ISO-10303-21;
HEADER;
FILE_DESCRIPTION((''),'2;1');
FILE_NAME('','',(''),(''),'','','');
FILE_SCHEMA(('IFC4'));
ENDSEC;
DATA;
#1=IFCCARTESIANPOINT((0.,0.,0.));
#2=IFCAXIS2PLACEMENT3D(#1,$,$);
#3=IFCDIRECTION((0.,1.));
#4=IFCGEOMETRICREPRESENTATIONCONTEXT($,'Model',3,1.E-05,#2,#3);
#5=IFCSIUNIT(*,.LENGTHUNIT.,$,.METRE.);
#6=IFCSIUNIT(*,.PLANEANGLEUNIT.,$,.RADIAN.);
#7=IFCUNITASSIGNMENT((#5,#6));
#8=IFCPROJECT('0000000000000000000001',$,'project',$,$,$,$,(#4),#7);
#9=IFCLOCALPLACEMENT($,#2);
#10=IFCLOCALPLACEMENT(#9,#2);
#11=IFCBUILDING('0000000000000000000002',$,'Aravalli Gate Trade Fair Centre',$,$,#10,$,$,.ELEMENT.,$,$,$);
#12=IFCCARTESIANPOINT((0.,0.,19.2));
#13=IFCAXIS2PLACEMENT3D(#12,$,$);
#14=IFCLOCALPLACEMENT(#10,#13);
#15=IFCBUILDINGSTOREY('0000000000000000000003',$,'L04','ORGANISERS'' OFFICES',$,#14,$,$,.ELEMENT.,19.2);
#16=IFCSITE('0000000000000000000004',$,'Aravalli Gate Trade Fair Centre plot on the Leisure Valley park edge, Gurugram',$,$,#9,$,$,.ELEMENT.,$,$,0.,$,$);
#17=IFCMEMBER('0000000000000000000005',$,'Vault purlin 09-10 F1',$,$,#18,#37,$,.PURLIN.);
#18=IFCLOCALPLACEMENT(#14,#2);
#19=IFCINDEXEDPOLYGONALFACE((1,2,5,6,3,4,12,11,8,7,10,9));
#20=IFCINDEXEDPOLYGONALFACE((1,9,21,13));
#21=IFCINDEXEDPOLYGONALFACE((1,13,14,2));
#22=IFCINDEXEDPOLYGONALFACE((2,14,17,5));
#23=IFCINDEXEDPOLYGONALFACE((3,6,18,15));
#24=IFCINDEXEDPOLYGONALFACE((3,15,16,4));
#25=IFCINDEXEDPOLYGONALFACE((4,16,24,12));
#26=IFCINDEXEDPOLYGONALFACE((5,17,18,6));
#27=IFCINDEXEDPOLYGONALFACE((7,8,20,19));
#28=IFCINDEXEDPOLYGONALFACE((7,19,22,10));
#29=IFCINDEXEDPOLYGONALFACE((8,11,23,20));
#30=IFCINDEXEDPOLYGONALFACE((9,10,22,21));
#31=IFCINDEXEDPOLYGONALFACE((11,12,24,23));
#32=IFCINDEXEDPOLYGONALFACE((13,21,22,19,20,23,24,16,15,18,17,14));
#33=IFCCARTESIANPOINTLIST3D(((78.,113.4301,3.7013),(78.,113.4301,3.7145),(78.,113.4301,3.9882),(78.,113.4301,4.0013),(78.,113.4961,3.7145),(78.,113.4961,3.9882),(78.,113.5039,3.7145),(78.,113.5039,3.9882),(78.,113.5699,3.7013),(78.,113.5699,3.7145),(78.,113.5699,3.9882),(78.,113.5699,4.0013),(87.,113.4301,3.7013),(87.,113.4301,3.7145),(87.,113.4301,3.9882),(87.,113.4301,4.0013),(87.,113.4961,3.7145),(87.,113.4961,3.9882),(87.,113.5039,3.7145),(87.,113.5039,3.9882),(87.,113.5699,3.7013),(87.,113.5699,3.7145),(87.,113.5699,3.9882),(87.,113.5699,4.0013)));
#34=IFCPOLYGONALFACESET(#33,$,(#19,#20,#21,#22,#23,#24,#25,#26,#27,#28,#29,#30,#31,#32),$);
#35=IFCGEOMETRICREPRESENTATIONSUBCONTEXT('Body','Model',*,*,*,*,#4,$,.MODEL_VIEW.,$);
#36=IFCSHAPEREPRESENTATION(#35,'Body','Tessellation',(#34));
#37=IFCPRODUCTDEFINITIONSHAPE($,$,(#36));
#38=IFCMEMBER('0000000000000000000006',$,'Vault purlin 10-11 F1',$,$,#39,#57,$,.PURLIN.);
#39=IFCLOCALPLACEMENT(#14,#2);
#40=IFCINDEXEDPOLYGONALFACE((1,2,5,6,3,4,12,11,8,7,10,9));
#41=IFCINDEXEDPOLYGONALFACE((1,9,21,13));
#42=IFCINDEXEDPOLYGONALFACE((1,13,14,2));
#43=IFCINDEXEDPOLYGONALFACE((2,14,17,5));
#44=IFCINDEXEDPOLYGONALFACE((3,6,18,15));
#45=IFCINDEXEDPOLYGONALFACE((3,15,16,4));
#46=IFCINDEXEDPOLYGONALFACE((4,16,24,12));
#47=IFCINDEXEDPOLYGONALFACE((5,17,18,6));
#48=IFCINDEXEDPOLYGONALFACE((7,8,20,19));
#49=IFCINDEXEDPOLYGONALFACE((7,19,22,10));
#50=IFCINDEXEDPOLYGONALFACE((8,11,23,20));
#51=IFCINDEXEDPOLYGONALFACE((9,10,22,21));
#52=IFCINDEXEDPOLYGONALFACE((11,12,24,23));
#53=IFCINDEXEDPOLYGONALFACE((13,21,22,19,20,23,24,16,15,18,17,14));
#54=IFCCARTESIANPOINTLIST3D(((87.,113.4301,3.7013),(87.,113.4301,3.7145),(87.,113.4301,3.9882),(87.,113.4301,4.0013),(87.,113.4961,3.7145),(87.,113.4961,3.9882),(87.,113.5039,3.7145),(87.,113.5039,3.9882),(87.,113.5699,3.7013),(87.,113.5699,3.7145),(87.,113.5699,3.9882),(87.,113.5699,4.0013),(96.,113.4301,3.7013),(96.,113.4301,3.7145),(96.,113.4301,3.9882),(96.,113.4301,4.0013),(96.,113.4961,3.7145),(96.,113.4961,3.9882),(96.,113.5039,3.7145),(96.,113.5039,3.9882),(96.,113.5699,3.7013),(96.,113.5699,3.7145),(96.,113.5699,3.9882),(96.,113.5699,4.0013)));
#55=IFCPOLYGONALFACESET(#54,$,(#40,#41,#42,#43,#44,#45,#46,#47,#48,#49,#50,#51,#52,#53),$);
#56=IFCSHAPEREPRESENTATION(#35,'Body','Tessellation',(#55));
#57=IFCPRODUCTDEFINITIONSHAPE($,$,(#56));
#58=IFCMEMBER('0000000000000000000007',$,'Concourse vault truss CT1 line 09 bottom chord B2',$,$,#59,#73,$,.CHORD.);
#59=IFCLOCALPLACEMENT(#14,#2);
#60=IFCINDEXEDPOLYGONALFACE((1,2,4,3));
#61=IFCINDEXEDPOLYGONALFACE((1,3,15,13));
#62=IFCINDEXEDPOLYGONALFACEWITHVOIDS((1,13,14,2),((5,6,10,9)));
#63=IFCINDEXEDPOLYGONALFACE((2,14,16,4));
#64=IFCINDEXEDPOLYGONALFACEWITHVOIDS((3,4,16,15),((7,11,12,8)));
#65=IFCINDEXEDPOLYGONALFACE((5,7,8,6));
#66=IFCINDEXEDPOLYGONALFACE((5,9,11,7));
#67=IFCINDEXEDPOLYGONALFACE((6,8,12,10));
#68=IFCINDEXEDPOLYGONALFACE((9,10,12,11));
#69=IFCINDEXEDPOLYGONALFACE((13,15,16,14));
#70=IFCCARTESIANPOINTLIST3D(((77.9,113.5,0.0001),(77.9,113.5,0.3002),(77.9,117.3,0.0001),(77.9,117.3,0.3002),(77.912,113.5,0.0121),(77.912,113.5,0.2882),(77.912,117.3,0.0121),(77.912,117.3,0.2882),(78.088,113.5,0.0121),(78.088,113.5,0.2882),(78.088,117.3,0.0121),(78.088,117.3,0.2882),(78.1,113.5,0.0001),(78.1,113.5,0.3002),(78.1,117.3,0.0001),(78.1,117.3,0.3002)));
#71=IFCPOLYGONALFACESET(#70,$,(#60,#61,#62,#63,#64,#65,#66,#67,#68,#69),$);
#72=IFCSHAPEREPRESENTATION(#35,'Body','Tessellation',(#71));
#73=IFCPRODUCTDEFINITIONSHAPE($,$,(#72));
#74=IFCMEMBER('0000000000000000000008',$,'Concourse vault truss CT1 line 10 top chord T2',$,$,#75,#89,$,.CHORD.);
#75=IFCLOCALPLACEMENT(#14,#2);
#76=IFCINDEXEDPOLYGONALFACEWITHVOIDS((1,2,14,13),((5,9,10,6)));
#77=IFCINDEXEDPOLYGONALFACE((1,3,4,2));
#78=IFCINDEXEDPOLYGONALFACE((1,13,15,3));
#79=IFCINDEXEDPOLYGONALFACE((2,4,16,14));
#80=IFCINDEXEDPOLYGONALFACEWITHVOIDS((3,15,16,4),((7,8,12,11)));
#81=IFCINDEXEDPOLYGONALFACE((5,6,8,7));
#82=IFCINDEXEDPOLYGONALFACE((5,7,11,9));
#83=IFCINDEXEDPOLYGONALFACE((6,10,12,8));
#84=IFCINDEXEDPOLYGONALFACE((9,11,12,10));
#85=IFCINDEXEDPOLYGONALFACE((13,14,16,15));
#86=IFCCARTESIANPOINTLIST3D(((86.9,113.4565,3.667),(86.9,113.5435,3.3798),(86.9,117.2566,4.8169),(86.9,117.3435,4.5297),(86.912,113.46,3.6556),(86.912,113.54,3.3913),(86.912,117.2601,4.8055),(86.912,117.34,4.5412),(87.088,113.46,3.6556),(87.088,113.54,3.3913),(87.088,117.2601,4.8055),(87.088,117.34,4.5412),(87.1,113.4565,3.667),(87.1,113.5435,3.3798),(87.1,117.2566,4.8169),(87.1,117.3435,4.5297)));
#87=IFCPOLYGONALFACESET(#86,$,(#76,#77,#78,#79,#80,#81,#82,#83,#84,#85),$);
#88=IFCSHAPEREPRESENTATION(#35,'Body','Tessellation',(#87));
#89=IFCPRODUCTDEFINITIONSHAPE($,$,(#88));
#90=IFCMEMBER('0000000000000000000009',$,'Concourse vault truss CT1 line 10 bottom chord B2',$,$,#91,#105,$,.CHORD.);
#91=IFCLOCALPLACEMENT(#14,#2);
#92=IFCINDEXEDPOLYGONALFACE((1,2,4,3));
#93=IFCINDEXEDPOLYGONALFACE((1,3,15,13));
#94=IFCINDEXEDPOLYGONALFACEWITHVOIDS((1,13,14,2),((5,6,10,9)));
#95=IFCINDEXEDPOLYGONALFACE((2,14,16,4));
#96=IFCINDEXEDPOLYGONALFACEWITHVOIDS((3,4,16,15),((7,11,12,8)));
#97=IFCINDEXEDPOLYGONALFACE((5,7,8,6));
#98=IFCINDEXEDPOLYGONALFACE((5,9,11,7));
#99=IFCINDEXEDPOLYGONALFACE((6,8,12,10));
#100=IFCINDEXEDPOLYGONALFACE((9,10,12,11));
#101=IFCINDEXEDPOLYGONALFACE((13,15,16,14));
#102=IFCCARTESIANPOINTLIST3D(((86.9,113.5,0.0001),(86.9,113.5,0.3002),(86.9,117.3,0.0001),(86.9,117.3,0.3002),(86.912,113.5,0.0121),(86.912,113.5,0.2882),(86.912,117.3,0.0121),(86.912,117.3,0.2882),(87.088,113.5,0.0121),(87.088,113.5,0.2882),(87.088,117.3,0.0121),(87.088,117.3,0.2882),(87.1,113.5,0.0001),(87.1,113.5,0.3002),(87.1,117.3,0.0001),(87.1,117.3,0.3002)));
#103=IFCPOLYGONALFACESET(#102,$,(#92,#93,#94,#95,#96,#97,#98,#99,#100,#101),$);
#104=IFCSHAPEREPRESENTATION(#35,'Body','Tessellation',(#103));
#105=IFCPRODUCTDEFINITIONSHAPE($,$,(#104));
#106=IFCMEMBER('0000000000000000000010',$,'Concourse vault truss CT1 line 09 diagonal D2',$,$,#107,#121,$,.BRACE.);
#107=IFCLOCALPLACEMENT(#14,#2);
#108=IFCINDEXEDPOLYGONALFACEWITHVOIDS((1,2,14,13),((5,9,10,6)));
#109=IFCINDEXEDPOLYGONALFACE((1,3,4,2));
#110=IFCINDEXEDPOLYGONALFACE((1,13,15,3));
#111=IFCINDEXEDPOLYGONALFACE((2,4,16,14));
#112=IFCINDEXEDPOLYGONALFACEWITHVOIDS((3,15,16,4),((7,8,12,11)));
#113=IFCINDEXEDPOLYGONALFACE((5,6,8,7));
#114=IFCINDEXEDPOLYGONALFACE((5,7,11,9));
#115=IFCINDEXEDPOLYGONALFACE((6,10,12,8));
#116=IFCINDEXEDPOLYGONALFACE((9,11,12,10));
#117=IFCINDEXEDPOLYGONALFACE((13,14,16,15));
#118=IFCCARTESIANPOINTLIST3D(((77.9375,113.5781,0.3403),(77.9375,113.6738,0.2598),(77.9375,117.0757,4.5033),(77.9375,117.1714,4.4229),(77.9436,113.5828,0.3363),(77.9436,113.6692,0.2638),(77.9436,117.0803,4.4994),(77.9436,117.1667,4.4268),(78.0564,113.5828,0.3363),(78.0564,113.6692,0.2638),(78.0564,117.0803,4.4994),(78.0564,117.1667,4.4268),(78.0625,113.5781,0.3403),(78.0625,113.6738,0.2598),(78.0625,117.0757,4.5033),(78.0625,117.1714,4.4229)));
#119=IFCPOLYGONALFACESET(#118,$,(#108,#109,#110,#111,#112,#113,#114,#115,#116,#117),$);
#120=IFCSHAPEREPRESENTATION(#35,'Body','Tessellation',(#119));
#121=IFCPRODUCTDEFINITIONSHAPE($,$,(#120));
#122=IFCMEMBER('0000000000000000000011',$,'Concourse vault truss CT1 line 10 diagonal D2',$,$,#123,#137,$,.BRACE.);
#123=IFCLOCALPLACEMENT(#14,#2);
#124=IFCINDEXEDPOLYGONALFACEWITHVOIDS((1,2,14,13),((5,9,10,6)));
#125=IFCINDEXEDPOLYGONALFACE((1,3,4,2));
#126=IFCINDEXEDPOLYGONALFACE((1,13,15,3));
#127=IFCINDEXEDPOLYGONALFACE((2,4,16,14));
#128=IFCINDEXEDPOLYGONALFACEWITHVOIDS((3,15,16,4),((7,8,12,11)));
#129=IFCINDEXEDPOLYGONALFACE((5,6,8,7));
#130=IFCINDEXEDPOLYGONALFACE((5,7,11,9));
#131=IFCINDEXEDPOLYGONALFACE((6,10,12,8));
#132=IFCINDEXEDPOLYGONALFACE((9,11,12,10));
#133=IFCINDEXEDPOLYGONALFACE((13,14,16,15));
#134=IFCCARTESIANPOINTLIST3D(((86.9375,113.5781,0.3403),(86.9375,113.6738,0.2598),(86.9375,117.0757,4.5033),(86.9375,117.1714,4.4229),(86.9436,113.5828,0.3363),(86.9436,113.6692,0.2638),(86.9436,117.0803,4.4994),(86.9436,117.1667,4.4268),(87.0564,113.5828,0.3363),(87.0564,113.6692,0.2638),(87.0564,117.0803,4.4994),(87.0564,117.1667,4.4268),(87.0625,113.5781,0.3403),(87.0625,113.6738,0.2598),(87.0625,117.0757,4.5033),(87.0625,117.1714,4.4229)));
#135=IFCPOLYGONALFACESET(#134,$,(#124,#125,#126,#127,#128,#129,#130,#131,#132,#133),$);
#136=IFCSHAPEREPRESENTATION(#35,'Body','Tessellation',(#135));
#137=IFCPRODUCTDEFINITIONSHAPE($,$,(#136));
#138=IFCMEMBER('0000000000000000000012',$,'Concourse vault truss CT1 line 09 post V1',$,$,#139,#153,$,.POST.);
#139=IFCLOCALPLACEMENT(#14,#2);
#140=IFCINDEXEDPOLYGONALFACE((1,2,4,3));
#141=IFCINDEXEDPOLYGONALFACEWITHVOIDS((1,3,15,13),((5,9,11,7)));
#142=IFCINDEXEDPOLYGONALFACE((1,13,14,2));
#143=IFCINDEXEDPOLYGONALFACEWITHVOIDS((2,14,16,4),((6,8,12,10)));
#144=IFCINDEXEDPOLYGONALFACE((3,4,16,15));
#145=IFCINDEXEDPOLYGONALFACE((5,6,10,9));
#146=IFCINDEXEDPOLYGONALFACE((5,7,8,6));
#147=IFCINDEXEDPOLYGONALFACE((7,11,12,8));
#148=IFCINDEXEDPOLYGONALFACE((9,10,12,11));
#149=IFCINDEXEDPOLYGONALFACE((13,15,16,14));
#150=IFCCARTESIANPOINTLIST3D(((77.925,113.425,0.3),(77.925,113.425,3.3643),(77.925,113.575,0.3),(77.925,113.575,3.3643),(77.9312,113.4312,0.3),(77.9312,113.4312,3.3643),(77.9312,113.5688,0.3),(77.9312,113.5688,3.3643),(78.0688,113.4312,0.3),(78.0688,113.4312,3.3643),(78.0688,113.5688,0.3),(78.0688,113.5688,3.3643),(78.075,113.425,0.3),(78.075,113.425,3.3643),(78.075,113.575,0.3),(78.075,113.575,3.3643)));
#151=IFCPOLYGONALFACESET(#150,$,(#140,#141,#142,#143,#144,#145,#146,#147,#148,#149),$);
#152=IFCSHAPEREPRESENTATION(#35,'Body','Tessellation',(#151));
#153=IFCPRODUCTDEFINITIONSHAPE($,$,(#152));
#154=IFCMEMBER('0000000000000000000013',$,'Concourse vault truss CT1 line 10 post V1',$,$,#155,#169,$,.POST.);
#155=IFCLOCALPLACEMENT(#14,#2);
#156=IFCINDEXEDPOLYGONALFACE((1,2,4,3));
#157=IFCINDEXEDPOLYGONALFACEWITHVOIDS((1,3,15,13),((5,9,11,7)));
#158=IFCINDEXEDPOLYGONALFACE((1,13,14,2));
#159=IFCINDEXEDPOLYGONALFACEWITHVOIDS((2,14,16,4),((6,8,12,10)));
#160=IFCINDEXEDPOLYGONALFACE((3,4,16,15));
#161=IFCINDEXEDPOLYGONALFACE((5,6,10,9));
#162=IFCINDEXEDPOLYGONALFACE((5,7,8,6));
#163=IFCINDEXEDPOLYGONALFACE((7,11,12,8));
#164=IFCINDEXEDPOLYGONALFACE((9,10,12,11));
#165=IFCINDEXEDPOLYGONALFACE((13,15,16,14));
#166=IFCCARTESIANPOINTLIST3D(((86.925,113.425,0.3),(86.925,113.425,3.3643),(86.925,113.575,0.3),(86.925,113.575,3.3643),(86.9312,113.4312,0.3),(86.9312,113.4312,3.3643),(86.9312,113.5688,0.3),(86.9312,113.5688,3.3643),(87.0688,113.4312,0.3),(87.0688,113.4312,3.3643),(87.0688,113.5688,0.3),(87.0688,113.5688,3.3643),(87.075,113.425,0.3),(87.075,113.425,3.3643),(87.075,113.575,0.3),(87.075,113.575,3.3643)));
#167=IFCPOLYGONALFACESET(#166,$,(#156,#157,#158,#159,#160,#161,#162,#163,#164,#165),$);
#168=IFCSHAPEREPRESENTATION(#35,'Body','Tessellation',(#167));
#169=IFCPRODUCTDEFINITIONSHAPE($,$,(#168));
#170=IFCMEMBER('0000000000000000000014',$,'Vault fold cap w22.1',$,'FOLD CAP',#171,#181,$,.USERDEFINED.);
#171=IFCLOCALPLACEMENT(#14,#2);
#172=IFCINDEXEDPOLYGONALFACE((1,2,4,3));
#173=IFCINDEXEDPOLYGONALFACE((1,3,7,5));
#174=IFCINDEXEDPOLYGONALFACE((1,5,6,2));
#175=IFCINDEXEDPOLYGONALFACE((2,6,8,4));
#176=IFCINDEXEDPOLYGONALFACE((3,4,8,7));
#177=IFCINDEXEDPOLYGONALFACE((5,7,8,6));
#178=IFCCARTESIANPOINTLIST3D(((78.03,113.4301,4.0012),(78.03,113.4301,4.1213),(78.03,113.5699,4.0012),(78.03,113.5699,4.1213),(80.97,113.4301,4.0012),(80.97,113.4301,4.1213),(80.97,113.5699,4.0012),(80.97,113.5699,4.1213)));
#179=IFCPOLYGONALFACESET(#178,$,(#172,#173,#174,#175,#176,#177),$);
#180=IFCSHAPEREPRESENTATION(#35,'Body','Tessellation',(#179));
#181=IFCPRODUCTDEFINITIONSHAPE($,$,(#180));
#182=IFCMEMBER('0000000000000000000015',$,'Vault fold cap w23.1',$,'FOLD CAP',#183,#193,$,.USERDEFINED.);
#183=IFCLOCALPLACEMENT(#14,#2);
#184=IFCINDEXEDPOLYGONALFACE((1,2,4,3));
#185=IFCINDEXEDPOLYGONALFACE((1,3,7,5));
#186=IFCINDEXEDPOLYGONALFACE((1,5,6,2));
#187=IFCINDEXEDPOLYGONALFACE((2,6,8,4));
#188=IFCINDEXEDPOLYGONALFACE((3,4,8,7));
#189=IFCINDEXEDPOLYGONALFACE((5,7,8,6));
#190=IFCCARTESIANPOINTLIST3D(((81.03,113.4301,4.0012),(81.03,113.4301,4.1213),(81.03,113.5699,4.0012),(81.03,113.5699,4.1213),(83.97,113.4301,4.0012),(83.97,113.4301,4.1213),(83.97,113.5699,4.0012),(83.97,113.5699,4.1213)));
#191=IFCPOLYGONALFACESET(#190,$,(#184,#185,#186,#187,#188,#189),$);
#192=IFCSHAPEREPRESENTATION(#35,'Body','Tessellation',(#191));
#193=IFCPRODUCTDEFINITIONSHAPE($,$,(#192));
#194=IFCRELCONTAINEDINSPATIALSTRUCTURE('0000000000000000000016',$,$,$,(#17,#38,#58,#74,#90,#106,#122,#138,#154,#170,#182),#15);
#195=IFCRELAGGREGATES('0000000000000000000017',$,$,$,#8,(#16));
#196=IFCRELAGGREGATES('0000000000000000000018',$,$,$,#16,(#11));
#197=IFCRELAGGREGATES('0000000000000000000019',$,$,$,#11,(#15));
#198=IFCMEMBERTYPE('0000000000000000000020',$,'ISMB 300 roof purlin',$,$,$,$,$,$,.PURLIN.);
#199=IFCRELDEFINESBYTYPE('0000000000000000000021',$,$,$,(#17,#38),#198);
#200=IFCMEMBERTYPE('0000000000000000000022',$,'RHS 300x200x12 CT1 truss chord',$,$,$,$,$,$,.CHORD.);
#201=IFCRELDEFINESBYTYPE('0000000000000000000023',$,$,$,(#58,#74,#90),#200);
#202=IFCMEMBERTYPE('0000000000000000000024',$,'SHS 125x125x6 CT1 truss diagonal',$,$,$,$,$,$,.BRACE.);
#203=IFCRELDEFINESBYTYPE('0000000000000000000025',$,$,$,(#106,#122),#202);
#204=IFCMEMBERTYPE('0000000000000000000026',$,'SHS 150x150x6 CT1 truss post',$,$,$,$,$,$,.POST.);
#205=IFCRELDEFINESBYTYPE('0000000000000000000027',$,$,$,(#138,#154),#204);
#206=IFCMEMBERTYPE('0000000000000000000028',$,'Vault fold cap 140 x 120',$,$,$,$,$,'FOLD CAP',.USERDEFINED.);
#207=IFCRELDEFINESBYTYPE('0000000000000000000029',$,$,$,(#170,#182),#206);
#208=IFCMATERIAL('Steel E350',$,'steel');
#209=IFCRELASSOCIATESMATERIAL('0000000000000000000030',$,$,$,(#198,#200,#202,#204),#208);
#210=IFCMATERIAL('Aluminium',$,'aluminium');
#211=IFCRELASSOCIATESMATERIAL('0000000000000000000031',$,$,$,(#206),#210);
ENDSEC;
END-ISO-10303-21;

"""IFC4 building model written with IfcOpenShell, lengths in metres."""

from ifc_helpers import new_model, si_unit, direction, frame, origin, origin_2d, place, context, subcontext, project, spatial, rectangle, hollow_rectangle, i_section, extrude, material, material_profile, profile_set, type_object, element, save


model = new_model("IFC4")

# Units and contexts
model_context = context("Model", 3, precision=1e-05, world=origin(), true_north=direction((0.0, 1.0)))
body_context = subcontext(model_context, "Body", "Model", "MODEL_VIEW")
ifc_project = project(units=[si_unit("LENGTHUNIT", "METRE"), si_unit("PLANEANGLEUNIT", "RADIAN")], contexts=[model_context])

# Site, building, storey
site_placement = place(None, origin())
site = spatial("IfcSite", under=ifc_project, at=site_placement, Name="Aravalli Gate Trade Fair Centre plot on the Leisure Valley park edge, Gurugram", CompositionType="ELEMENT", RefElevation=0.0)
building_placement = place(site_placement, origin())
building = spatial("IfcBuilding", under=site, at=building_placement, Name="Aravalli Gate Trade Fair Centre", CompositionType="ELEMENT")
storey_placement = place(building_placement, frame((0.0, 0.0, 19.2)))
storey = spatial("IfcBuildingStorey", under=building, at=storey_placement, Name="L04", Description="ORGANISERS' OFFICES", CompositionType="ELEMENT", Elevation=19.2)

# Members
ifc_material_1 = material(Name="Steel E350", Category="steel")
ifc_material_profile_1 = material_profile(ifc_material_1, i_section(OverallWidth=0.1399, OverallDepth=0.3, WebThickness=0.0078, FlangeThickness=0.0132, at=origin_2d()), Name="ISMB 300")
ifc_profile_set_1 = profile_set([ifc_material_profile_1], Name="Steel E350")
member_type_1 = type_object("IfcMemberType", Name="ISMB 300 roof purlin", PredefinedType="PURLIN", material=ifc_profile_set_1)
for number, where, z_axis, x_axis, name in (
    (1, (78.0, 113.5, 3.8513), (1.0, 0.0, 0.0), (0.0, 1.0, 0.0), "Vault purlin 09-10 F1"),
    (2, (87.0, 113.5, 3.8513), (1.0, 0.0, 0.0), (0.0, 1.0, 0.0), "Vault purlin 10-11 F1"),
):
    element("IfcMember", number, at=place(storey_placement, frame(where, z_axis=z_axis, x_axis=x_axis)), inside=storey, type_object=member_type_1, Name=name, PredefinedType="PURLIN", context=body_context, shape_type="SweptSolid", body=[
        extrude(i_section(OverallWidth=0.1399, OverallDepth=0.3, WebThickness=0.0078, FlangeThickness=0.0132, at=origin_2d()), origin(), (0.0, 0.0, 1.0), 9.0),
    ])
ifc_material_profile_2 = material_profile(ifc_material_1, hollow_rectangle(XDim=0.2, YDim=0.3, WallThickness=0.012, at=origin_2d()), Name="RHS 300x200x12")
ifc_profile_set_2 = profile_set([ifc_material_profile_2], Name="Steel E350")
member_type_2 = type_object("IfcMemberType", Name="RHS 300x200x12 CT1 truss chord", PredefinedType="CHORD", material=ifc_profile_set_2)
member_1_placement = place(storey_placement, frame((78.0, 113.5, 0.1501), z_axis=(0.0, 1.0, 0.0), x_axis=(-1.0, 0.0, 0.0)))
element("IfcMember", 3, at=member_1_placement, inside=storey, type_object=member_type_2, Name="Concourse vault truss CT1 line 09 bottom chord B2", PredefinedType="CHORD", context=body_context, shape_type="SweptSolid", body=[
    extrude(hollow_rectangle(XDim=0.2, YDim=0.3, WallThickness=0.012, at=origin_2d()), origin(), (0.0, 0.0, 1.0), 3.8),
])
member_2_placement = place(storey_placement, frame((87.0, 113.5, 3.5234), z_axis=(0.0, 0.957138, 0.289632), x_axis=(-1.0, 0.0, 0.0)))
element("IfcMember", 4, at=member_2_placement, inside=storey, type_object=member_type_2, Name="Concourse vault truss CT1 line 10 top chord T2", PredefinedType="CHORD", context=body_context, shape_type="SweptSolid", body=[
    extrude(hollow_rectangle(XDim=0.2, YDim=0.3, WallThickness=0.012, at=origin_2d()), origin(), (0.0, 0.0, 1.0), 3.9702),
])
member_3_placement = place(storey_placement, frame((87.0, 113.5, 0.1501), z_axis=(0.0, 1.0, 0.0), x_axis=(-1.0, 0.0, 0.0)))
element("IfcMember", 5, at=member_3_placement, inside=storey, type_object=member_type_2, Name="Concourse vault truss CT1 line 10 bottom chord B2", PredefinedType="CHORD", context=body_context, shape_type="SweptSolid", body=[
    extrude(hollow_rectangle(XDim=0.2, YDim=0.3, WallThickness=0.012, at=origin_2d()), origin(), (0.0, 0.0, 1.0), 3.8),
])
ifc_material_profile_3 = material_profile(ifc_material_1, hollow_rectangle(XDim=0.125, YDim=0.125, WallThickness=0.0061, at=origin_2d()), Name="SHS 125x125x6")
ifc_profile_set_3 = profile_set([ifc_material_profile_3], Name="Steel E350")
member_type_3 = type_object("IfcMemberType", Name="SHS 125x125x6 CT1 truss diagonal", PredefinedType="BRACE", material=ifc_profile_set_3)
for number, where, z_axis, x_axis, name in (
    (6, (78.0, 113.626, 0.3), (0.0, 0.643253, 0.765654), (-1.0, 0.0, 0.0), "Concourse vault truss CT1 line 09 diagonal D2"),
    (7, (87.0, 113.626, 0.3), (0.0, 0.643253, 0.765654), (-1.0, 0.0, 0.0), "Concourse vault truss CT1 line 10 diagonal D2"),
):
    element("IfcMember", number, at=place(storey_placement, frame(where, z_axis=z_axis, x_axis=x_axis)), inside=storey, type_object=member_type_3, Name=name, PredefinedType="BRACE", context=body_context, shape_type="SweptSolid", body=[
        extrude(hollow_rectangle(XDim=0.125, YDim=0.125, WallThickness=0.0061, at=origin_2d()), origin(), (0.0, 0.0, 1.0), 5.4373),
    ])
ifc_material_profile_4 = material_profile(ifc_material_1, hollow_rectangle(XDim=0.1499, YDim=0.1499, WallThickness=0.0061, at=origin_2d()), Name="SHS 150x150x6")
ifc_profile_set_4 = profile_set([ifc_material_profile_4], Name="Steel E350")
member_type_4 = type_object("IfcMemberType", Name="SHS 150x150x6 CT1 truss post", PredefinedType="POST", material=ifc_profile_set_4)
for number, where, z_axis, x_axis, name in (
    (8, (78.0, 113.5, 0.3), (0.0, 0.0, 1.0), (1.0, 0.0, 0.0), "Concourse vault truss CT1 line 09 post V1"),
    (9, (87.0, 113.5, 0.3), (0.0, 0.0, 1.0), (1.0, 0.0, 0.0), "Concourse vault truss CT1 line 10 post V1"),
):
    element("IfcMember", number, at=place(storey_placement, frame(where, z_axis=z_axis, x_axis=x_axis)), inside=storey, type_object=member_type_4, Name=name, PredefinedType="POST", context=body_context, shape_type="SweptSolid", body=[
        extrude(hollow_rectangle(XDim=0.1499, YDim=0.1499, WallThickness=0.0061, at=origin_2d()), origin(), (0.0, 0.0, 1.0), 3.0642),
    ])
ifc_material_2 = material(Name="Aluminium", Category="aluminium")
ifc_material_profile_5 = material_profile(ifc_material_2, rectangle(XDim=0.1399, YDim=0.1201, at=origin_2d()), Name="Vault fold cap 140 x 120")
ifc_profile_set_5 = profile_set([ifc_material_profile_5], Name="Aluminium")
member_type_5 = type_object("IfcMemberType", Name="Vault fold cap 140 x 120", ElementType="FOLD CAP", PredefinedType="USERDEFINED", material=ifc_profile_set_5)
for number, where, z_axis, x_axis, name in (
    (10, (78.03, 113.5, 4.0613), (1.0, 0.0, 0.0), (0.0, 1.0, 0.0), "Vault fold cap w22.1"),
    (11, (81.03, 113.5, 4.0613), (1.0, 0.0, 0.0), (0.0, 1.0, 0.0), "Vault fold cap w23.1"),
):
    element("IfcMember", number, at=place(storey_placement, frame(where, z_axis=z_axis, x_axis=x_axis)), inside=storey, type_object=member_type_5, Name=name, ObjectType="FOLD CAP", PredefinedType="USERDEFINED", context=body_context, shape_type="SweptSolid", body=[
        extrude(rectangle(XDim=0.1399, YDim=0.1201, at=origin_2d()), origin(), (0.0, 0.0, 1.0), 2.9399),
    ])

save(model, "model.ifc")
